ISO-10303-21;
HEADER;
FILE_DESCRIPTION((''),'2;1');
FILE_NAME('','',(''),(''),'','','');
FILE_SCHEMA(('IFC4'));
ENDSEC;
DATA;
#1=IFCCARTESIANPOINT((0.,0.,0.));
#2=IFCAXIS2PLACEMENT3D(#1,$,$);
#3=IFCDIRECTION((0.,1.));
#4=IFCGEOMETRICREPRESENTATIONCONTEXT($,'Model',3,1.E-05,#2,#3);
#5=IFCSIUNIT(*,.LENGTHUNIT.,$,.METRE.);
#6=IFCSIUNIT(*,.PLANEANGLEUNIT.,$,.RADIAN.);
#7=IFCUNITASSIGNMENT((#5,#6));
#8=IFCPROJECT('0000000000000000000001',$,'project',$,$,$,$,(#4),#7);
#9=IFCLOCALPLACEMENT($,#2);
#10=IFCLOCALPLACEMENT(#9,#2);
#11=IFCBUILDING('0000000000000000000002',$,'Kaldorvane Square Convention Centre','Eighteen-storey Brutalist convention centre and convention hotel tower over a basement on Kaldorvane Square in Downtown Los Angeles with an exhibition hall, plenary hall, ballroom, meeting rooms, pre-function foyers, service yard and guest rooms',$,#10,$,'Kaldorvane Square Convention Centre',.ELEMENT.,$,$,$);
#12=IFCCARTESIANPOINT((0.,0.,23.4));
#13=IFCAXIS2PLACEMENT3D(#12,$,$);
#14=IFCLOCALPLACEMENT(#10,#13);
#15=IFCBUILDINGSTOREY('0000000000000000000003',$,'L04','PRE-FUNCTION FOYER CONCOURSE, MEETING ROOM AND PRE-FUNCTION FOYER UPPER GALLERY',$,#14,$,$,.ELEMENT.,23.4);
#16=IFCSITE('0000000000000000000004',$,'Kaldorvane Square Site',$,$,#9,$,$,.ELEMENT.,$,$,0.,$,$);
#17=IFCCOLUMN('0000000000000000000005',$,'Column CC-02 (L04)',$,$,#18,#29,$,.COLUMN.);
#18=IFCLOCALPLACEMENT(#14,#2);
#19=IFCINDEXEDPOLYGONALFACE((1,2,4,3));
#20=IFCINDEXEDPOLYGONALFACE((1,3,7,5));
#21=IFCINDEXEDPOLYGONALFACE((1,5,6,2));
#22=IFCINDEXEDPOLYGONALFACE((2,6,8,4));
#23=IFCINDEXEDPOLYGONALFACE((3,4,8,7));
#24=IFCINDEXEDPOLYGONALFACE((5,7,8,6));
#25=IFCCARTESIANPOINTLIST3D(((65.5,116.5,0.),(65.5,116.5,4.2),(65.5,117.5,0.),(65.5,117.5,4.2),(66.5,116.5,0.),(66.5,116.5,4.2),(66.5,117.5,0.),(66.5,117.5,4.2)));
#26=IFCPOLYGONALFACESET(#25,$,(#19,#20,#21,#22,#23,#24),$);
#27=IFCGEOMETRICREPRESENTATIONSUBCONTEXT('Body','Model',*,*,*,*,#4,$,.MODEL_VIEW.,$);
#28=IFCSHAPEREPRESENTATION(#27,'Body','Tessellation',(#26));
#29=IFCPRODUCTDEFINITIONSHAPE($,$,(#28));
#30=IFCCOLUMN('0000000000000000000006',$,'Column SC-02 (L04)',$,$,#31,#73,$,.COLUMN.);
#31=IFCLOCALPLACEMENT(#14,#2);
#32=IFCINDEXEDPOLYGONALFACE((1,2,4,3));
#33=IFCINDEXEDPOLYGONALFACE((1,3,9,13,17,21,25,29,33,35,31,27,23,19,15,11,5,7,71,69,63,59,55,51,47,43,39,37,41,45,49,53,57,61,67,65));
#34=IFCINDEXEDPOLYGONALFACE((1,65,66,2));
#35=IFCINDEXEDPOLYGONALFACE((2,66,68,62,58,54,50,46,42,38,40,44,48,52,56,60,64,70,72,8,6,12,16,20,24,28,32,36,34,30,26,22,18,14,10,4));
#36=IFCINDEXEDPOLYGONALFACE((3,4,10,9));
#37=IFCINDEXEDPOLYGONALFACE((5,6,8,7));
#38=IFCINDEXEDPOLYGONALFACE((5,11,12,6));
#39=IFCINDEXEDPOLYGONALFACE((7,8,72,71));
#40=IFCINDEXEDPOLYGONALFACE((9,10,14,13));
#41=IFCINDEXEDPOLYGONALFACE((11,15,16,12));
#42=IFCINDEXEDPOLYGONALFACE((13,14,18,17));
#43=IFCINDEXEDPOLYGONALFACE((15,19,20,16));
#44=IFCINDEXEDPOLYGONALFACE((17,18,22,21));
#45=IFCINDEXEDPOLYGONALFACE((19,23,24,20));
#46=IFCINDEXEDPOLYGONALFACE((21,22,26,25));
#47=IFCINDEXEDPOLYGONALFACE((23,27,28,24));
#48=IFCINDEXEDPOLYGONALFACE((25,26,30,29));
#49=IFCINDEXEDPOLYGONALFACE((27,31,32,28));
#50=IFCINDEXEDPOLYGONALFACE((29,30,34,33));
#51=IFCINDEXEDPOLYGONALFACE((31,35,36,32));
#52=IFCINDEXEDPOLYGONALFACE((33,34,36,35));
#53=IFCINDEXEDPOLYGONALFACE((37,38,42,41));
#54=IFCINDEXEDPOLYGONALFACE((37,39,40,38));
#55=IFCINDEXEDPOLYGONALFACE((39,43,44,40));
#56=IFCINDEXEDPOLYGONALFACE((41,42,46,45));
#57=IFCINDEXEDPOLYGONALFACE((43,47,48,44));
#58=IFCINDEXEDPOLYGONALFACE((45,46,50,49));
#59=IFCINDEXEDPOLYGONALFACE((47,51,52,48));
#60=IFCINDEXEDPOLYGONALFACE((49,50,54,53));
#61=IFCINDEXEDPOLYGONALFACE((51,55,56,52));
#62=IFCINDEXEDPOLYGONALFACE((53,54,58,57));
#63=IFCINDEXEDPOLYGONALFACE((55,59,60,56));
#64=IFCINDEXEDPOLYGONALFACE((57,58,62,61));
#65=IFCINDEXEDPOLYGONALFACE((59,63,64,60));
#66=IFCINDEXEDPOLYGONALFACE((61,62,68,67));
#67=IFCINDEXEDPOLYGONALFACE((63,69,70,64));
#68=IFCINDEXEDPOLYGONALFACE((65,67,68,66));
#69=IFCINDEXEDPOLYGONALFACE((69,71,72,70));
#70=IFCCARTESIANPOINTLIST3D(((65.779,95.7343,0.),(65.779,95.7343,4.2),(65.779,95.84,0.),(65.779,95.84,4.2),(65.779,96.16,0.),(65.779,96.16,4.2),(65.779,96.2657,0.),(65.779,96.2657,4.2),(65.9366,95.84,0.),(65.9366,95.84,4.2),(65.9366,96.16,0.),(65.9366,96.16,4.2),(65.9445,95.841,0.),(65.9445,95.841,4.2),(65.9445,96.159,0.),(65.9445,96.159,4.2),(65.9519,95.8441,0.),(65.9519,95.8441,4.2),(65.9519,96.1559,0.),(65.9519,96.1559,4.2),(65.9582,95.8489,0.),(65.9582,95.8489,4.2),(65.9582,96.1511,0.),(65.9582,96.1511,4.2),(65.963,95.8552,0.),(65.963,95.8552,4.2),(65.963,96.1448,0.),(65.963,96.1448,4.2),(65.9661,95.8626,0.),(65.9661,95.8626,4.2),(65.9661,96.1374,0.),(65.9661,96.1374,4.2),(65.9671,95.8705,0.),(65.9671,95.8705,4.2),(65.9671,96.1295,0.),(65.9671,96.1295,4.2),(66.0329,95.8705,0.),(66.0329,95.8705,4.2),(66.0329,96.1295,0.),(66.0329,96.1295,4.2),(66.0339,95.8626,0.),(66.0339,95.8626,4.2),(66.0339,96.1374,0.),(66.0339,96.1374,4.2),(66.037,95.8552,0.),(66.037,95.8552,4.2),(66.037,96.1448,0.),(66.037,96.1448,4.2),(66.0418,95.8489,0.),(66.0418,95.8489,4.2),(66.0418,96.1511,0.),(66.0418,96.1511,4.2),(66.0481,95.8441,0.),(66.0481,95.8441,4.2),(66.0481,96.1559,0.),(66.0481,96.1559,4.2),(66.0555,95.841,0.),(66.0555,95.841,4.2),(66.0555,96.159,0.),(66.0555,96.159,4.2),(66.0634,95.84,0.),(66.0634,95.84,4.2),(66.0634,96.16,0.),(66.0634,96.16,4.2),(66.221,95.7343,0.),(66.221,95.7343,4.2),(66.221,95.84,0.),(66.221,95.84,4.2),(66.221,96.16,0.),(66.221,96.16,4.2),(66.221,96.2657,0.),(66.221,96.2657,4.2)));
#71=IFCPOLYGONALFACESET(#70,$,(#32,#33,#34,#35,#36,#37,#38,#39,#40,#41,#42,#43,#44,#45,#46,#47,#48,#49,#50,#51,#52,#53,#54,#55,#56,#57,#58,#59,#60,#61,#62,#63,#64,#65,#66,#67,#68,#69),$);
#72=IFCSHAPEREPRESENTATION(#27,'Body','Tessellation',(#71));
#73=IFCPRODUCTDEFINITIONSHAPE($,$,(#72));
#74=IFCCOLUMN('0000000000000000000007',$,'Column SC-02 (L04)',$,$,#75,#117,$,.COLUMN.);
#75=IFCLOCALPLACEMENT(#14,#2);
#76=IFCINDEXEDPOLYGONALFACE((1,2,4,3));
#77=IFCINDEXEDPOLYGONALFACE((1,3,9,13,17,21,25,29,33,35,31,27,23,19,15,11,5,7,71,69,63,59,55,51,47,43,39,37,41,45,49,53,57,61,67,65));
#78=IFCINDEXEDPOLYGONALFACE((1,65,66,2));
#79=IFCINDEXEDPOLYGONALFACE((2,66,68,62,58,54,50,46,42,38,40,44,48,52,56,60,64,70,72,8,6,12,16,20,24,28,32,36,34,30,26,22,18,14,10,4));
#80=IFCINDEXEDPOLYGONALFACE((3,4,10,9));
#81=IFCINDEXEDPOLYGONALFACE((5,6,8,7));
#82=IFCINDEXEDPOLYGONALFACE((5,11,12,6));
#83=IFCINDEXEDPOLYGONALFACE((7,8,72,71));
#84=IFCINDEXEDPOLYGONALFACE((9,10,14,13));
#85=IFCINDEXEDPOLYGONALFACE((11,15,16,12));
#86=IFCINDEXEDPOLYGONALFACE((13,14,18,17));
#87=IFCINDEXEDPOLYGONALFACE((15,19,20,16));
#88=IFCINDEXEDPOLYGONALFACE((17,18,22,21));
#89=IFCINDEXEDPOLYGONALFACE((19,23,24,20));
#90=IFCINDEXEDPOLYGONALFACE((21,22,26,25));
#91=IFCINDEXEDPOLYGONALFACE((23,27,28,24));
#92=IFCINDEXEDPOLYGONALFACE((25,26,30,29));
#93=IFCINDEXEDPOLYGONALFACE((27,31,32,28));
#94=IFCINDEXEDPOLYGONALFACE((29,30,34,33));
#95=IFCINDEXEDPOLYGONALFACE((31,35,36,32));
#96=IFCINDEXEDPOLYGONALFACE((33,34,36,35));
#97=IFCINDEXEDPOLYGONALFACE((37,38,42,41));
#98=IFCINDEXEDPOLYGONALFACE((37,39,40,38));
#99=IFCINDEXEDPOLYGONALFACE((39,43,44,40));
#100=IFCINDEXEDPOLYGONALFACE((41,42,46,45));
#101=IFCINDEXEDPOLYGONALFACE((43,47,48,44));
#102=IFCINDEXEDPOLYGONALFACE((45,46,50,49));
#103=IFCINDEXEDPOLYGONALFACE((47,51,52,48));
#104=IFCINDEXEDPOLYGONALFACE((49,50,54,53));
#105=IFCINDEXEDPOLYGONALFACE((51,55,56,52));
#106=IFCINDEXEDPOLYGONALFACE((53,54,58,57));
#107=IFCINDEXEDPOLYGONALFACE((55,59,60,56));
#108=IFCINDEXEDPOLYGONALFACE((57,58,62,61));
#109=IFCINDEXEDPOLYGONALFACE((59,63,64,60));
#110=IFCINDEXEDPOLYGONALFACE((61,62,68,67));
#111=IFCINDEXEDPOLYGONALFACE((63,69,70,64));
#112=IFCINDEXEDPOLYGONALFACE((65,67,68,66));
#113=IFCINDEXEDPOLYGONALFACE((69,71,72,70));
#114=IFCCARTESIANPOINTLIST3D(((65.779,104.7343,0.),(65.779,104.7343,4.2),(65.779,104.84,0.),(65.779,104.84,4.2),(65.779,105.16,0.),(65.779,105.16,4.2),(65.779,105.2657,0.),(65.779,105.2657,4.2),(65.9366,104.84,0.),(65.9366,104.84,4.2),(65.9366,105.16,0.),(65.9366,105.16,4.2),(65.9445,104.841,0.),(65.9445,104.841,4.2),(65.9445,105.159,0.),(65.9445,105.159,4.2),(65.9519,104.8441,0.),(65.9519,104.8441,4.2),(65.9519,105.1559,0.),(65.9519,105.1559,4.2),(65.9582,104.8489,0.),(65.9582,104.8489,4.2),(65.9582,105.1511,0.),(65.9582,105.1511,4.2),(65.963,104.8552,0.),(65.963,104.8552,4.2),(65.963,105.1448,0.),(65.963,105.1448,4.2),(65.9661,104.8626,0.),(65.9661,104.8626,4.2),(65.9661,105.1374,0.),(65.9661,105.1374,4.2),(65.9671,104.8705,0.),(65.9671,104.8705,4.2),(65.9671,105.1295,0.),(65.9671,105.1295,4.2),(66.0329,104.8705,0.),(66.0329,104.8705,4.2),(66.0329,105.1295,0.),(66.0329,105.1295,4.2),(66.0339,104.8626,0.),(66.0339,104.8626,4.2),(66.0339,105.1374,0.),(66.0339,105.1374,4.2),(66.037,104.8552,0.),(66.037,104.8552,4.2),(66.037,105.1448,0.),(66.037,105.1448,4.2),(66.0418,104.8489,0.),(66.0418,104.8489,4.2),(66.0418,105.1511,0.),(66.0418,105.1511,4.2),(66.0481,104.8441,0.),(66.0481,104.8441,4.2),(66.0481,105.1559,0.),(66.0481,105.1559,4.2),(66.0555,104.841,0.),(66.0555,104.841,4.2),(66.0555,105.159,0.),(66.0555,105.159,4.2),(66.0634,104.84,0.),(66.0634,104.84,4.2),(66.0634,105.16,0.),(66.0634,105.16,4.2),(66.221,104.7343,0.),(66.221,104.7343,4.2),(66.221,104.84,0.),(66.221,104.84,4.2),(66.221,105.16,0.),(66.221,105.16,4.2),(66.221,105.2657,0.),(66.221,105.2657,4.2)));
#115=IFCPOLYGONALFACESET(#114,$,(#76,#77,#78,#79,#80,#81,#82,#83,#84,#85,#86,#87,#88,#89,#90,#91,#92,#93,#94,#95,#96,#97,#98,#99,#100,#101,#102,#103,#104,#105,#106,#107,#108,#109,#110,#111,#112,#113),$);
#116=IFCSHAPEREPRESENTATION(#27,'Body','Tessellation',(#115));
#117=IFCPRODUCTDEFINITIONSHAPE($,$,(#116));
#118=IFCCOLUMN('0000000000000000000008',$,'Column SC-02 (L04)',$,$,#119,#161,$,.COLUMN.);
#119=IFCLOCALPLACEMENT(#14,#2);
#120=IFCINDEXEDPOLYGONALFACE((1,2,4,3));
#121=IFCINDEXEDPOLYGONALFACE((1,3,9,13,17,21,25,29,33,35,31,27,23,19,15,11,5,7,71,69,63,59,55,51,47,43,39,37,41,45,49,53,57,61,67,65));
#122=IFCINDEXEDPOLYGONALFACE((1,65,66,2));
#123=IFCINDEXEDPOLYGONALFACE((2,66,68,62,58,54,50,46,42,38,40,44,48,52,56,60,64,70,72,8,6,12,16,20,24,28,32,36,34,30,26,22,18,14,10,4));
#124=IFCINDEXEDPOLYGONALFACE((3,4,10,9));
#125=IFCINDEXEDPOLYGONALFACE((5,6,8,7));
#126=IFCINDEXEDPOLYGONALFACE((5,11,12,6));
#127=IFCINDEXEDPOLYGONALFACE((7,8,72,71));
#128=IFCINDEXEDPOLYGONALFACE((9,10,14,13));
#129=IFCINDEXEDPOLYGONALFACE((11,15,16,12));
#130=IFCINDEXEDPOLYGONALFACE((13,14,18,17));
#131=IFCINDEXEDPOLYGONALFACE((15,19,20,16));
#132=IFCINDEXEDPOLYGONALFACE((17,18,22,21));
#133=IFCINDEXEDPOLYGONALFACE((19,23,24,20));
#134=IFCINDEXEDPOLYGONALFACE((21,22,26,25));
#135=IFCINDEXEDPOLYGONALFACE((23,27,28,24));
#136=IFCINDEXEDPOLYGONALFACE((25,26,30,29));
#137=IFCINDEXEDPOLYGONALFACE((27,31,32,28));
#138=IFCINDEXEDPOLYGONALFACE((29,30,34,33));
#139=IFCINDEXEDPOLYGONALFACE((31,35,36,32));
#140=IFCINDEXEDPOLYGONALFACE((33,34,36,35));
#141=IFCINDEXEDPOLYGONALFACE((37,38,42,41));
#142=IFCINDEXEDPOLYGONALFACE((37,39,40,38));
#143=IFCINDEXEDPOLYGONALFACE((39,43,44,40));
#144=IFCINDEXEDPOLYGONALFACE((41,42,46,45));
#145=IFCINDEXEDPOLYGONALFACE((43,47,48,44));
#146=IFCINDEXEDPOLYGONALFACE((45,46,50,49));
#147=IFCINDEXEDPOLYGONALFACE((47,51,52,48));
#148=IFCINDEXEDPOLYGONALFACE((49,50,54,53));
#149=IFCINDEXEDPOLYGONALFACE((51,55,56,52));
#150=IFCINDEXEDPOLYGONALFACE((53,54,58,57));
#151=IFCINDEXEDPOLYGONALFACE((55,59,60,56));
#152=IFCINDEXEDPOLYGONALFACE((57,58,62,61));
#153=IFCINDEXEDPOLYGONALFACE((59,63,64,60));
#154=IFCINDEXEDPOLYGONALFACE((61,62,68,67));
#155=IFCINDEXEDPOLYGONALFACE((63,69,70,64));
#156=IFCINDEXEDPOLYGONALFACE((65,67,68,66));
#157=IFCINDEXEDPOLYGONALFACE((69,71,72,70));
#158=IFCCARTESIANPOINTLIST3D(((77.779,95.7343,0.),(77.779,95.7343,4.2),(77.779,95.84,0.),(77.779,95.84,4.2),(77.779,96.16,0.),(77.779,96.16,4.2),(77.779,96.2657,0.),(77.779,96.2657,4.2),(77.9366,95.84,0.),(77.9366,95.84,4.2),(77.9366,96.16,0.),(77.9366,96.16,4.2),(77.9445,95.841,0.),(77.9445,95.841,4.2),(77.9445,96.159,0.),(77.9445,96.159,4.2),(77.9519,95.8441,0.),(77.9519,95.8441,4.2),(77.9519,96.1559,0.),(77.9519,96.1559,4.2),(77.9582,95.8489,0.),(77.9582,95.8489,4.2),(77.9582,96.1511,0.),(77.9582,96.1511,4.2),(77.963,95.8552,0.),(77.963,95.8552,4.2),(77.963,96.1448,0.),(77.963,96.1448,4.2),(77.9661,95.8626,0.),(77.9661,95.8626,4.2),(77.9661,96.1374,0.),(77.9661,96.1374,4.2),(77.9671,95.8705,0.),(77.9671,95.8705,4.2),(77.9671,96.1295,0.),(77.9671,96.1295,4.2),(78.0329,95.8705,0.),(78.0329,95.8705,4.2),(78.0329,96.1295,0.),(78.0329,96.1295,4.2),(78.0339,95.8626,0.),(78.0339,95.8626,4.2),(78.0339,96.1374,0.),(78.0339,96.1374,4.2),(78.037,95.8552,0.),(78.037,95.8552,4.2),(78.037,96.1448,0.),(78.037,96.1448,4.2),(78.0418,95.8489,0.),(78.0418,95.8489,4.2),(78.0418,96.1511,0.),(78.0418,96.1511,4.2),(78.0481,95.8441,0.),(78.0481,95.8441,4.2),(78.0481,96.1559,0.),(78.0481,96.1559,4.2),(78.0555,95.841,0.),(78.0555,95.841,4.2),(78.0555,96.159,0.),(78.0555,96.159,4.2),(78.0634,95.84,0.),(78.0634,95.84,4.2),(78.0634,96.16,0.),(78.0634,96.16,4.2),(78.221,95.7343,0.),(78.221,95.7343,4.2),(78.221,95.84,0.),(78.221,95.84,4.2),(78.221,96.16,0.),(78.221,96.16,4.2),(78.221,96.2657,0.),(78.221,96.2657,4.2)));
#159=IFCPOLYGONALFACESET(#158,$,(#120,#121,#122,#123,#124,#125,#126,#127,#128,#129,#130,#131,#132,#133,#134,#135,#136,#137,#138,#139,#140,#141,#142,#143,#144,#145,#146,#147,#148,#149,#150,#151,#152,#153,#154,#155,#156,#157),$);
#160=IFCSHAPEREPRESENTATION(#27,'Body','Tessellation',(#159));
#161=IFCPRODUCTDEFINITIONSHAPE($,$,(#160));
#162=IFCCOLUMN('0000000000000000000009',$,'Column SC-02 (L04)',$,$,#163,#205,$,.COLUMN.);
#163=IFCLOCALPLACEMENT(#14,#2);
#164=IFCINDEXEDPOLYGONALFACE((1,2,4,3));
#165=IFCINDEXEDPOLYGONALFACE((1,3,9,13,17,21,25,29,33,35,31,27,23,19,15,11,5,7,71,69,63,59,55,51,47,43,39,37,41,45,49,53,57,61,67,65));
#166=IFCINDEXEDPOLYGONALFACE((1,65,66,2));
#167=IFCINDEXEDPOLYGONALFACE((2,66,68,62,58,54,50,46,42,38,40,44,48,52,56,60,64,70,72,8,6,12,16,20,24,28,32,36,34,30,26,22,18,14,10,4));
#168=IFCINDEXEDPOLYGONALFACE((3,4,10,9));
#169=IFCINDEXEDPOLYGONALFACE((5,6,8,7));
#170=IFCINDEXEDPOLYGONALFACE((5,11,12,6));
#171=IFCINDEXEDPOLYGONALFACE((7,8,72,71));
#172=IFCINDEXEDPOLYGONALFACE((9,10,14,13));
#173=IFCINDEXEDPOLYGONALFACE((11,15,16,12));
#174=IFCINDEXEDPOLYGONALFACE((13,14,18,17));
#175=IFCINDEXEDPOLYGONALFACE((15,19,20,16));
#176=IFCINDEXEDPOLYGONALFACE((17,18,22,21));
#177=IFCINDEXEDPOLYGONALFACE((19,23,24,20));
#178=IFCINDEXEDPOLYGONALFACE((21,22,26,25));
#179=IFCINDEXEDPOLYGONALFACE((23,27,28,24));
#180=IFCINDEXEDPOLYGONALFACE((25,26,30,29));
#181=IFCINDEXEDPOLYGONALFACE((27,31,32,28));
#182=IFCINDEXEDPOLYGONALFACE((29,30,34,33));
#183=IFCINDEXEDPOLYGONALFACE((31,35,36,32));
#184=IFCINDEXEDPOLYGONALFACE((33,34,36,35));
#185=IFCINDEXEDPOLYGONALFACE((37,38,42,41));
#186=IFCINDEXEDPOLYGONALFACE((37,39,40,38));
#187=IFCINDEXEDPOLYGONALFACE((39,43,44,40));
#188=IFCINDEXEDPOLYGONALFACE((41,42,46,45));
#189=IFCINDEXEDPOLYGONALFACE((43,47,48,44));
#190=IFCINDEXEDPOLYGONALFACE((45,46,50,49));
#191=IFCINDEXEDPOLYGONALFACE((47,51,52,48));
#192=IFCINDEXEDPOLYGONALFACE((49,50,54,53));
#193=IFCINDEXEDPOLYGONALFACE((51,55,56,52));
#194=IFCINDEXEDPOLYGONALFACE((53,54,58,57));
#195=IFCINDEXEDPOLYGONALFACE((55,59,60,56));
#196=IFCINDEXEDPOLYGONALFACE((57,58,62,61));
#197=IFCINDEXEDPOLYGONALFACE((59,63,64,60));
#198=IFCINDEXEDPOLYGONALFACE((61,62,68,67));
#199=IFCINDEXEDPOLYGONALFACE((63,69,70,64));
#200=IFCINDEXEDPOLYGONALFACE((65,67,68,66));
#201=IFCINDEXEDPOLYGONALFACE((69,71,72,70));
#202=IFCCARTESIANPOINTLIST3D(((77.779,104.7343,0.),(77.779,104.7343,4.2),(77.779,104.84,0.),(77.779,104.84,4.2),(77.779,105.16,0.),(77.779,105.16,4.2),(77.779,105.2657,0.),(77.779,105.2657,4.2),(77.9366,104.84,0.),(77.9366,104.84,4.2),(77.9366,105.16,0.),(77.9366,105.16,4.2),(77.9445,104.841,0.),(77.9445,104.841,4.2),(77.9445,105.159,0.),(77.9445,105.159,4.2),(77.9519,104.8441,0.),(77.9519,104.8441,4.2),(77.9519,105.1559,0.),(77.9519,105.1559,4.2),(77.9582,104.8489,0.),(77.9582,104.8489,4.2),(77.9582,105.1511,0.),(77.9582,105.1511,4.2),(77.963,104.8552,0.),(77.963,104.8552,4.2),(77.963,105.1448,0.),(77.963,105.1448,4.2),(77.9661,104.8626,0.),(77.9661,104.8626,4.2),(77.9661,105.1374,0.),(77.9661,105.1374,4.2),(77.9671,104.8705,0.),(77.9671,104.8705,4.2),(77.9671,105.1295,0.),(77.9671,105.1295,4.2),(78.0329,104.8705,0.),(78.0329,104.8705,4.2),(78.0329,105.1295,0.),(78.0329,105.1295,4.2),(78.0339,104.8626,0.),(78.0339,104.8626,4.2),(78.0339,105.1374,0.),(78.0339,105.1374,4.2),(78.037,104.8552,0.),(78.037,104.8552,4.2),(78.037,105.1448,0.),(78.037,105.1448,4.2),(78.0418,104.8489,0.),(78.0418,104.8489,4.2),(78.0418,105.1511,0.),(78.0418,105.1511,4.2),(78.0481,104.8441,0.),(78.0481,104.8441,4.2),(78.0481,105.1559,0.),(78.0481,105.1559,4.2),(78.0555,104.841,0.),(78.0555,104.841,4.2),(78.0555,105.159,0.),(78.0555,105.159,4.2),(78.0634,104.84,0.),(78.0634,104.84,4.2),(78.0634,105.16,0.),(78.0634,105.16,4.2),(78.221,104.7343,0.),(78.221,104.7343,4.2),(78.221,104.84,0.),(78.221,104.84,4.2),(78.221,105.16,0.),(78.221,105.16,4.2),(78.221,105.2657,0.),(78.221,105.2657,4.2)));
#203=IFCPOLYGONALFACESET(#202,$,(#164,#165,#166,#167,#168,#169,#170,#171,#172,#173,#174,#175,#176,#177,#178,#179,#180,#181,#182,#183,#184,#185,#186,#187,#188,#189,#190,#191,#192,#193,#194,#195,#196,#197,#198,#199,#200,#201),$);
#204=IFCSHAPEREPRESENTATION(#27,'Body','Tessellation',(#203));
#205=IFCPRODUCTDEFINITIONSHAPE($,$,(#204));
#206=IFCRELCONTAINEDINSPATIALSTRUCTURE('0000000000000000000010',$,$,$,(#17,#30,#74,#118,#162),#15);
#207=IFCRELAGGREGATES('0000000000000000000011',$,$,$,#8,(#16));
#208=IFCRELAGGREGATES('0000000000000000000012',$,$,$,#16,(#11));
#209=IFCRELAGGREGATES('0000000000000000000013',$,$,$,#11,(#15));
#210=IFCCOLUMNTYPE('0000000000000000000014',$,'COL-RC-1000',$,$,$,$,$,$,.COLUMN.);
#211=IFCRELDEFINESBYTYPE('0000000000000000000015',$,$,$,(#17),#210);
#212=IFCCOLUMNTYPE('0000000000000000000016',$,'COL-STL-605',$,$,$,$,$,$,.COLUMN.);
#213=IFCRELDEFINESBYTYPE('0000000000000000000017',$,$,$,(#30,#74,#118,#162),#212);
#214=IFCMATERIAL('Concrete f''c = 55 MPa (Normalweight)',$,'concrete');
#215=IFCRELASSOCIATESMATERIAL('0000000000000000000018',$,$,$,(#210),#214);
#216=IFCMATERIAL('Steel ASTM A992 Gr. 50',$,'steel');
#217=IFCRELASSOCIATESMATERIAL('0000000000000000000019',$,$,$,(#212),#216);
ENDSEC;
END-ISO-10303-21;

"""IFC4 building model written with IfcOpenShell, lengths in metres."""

from ifc_helpers import new_model, si_unit, direction, frame, origin, origin_2d, place, context, subcontext, project, spatial, rectangle, i_section, extrude, material, material_profile, profile_set, type_object, element, save


model = new_model("IFC4")

# Units and contexts
model_context = context("Model", 3, precision=1e-05, world=origin(), true_north=direction((0.0, 1.0)))
body_context = subcontext(model_context, "Body", "Model", "MODEL_VIEW")
ifc_project = project(units=[si_unit("LENGTHUNIT", "METRE"), si_unit("PLANEANGLEUNIT", "RADIAN")], contexts=[model_context])

# Site, building, storey
site_placement = place(None, origin())
site = spatial("IfcSite", under=ifc_project, at=site_placement, Name="Kaldorvane Square Site", CompositionType="ELEMENT", RefElevation=0.0)
building_placement = place(site_placement, origin())
building = spatial("IfcBuilding", under=site, at=building_placement, Name="Kaldorvane Square Convention Centre", Description="Eighteen-storey Brutalist convention centre and convention hotel tower over a basement on Kaldorvane Square in Downtown Los Angeles with an exhibition hall, plenary hall, ballroom, meeting rooms, pre-function foyers, service yard and guest rooms", LongName="Kaldorvane Square Convention Centre", CompositionType="ELEMENT")
storey_placement = place(building_placement, frame((0.0, 0.0, 23.4)))
storey = spatial("IfcBuildingStorey", under=building, at=storey_placement, Name="L04", Description="PRE-FUNCTION FOYER CONCOURSE, MEETING ROOM AND PRE-FUNCTION FOYER UPPER GALLERY", CompositionType="ELEMENT", Elevation=23.4)

# Columns
ifc_material_1 = material(Name="Concrete f'c = 55 MPa (Normalweight)", Category="concrete")
ifc_material_profile_1 = material_profile(ifc_material_1, rectangle(XDim=1.0, YDim=1.0, at=origin_2d()), Name="RC1000X1000")
ifc_profile_set_1 = profile_set([ifc_material_profile_1], Name="Concrete f'c = 55 MPa (Normalweight)")
column_type_1 = type_object("IfcColumnType", Name="COL-RC-1000", PredefinedType="COLUMN", material=ifc_profile_set_1)
column_1_placement = place(storey_placement, frame((66.0, 117.0, 0.0), z_axis=(0.0, 0.0, 1.0), x_axis=(1.0, 0.0, 0.0)))
element("IfcColumn", 1, at=column_1_placement, inside=storey, type_object=column_type_1, Name="Column CC-02 (L04)", PredefinedType="COLUMN", context=body_context, shape_type="SweptSolid", body=[
    extrude(rectangle(XDim=1.0, YDim=1.0, at=origin_2d()), origin(), (0.0, 0.0, 1.0), 4.2),
])
ifc_material_2 = material(Name="Steel ASTM A992 Gr. 50", Category="steel")
ifc_material_profile_2 = material_profile(ifc_material_2, i_section(OverallWidth=0.442, OverallDepth=0.5314, WebThickness=0.0658, FlangeThickness=0.1057, FilletRadius=0.0305, at=origin_2d()), Name="W14X605")
ifc_profile_set_2 = profile_set([ifc_material_profile_2], Name="Steel ASTM A992 Gr. 50")
column_type_2 = type_object("IfcColumnType", Name="COL-STL-605", PredefinedType="COLUMN", material=ifc_profile_set_2)
for number, where, z_axis, x_axis, name in (
    (2, (66.0, 96.0, 0.0), (0.0, 0.0, 1.0), (1.0, 0.0, 0.0), "Column SC-02 (L04)"),
    (3, (66.0, 105.0, 0.0), (0.0, 0.0, 1.0), (1.0, 0.0, 0.0), "Column SC-02 (L04)"),
    (4, (78.0, 96.0, 0.0), (0.0, 0.0, 1.0), (1.0, 0.0, 0.0), "Column SC-02 (L04)"),
    (5, (78.0, 105.0, 0.0), (0.0, 0.0, 1.0), (1.0, 0.0, 0.0), "Column SC-02 (L04)"),
):
    element("IfcColumn", number, at=place(storey_placement, frame(where, z_axis=z_axis, x_axis=x_axis)), inside=storey, type_object=column_type_2, Name=name, PredefinedType="COLUMN", context=body_context, shape_type="SweptSolid", body=[
        extrude(i_section(OverallWidth=0.442, OverallDepth=0.5314, WebThickness=0.0658, FlangeThickness=0.1057, FilletRadius=0.0305, at=origin_2d()), origin(), (0.0, 0.0, 1.0), 4.2),
    ])

save(model, "model.ifc")
